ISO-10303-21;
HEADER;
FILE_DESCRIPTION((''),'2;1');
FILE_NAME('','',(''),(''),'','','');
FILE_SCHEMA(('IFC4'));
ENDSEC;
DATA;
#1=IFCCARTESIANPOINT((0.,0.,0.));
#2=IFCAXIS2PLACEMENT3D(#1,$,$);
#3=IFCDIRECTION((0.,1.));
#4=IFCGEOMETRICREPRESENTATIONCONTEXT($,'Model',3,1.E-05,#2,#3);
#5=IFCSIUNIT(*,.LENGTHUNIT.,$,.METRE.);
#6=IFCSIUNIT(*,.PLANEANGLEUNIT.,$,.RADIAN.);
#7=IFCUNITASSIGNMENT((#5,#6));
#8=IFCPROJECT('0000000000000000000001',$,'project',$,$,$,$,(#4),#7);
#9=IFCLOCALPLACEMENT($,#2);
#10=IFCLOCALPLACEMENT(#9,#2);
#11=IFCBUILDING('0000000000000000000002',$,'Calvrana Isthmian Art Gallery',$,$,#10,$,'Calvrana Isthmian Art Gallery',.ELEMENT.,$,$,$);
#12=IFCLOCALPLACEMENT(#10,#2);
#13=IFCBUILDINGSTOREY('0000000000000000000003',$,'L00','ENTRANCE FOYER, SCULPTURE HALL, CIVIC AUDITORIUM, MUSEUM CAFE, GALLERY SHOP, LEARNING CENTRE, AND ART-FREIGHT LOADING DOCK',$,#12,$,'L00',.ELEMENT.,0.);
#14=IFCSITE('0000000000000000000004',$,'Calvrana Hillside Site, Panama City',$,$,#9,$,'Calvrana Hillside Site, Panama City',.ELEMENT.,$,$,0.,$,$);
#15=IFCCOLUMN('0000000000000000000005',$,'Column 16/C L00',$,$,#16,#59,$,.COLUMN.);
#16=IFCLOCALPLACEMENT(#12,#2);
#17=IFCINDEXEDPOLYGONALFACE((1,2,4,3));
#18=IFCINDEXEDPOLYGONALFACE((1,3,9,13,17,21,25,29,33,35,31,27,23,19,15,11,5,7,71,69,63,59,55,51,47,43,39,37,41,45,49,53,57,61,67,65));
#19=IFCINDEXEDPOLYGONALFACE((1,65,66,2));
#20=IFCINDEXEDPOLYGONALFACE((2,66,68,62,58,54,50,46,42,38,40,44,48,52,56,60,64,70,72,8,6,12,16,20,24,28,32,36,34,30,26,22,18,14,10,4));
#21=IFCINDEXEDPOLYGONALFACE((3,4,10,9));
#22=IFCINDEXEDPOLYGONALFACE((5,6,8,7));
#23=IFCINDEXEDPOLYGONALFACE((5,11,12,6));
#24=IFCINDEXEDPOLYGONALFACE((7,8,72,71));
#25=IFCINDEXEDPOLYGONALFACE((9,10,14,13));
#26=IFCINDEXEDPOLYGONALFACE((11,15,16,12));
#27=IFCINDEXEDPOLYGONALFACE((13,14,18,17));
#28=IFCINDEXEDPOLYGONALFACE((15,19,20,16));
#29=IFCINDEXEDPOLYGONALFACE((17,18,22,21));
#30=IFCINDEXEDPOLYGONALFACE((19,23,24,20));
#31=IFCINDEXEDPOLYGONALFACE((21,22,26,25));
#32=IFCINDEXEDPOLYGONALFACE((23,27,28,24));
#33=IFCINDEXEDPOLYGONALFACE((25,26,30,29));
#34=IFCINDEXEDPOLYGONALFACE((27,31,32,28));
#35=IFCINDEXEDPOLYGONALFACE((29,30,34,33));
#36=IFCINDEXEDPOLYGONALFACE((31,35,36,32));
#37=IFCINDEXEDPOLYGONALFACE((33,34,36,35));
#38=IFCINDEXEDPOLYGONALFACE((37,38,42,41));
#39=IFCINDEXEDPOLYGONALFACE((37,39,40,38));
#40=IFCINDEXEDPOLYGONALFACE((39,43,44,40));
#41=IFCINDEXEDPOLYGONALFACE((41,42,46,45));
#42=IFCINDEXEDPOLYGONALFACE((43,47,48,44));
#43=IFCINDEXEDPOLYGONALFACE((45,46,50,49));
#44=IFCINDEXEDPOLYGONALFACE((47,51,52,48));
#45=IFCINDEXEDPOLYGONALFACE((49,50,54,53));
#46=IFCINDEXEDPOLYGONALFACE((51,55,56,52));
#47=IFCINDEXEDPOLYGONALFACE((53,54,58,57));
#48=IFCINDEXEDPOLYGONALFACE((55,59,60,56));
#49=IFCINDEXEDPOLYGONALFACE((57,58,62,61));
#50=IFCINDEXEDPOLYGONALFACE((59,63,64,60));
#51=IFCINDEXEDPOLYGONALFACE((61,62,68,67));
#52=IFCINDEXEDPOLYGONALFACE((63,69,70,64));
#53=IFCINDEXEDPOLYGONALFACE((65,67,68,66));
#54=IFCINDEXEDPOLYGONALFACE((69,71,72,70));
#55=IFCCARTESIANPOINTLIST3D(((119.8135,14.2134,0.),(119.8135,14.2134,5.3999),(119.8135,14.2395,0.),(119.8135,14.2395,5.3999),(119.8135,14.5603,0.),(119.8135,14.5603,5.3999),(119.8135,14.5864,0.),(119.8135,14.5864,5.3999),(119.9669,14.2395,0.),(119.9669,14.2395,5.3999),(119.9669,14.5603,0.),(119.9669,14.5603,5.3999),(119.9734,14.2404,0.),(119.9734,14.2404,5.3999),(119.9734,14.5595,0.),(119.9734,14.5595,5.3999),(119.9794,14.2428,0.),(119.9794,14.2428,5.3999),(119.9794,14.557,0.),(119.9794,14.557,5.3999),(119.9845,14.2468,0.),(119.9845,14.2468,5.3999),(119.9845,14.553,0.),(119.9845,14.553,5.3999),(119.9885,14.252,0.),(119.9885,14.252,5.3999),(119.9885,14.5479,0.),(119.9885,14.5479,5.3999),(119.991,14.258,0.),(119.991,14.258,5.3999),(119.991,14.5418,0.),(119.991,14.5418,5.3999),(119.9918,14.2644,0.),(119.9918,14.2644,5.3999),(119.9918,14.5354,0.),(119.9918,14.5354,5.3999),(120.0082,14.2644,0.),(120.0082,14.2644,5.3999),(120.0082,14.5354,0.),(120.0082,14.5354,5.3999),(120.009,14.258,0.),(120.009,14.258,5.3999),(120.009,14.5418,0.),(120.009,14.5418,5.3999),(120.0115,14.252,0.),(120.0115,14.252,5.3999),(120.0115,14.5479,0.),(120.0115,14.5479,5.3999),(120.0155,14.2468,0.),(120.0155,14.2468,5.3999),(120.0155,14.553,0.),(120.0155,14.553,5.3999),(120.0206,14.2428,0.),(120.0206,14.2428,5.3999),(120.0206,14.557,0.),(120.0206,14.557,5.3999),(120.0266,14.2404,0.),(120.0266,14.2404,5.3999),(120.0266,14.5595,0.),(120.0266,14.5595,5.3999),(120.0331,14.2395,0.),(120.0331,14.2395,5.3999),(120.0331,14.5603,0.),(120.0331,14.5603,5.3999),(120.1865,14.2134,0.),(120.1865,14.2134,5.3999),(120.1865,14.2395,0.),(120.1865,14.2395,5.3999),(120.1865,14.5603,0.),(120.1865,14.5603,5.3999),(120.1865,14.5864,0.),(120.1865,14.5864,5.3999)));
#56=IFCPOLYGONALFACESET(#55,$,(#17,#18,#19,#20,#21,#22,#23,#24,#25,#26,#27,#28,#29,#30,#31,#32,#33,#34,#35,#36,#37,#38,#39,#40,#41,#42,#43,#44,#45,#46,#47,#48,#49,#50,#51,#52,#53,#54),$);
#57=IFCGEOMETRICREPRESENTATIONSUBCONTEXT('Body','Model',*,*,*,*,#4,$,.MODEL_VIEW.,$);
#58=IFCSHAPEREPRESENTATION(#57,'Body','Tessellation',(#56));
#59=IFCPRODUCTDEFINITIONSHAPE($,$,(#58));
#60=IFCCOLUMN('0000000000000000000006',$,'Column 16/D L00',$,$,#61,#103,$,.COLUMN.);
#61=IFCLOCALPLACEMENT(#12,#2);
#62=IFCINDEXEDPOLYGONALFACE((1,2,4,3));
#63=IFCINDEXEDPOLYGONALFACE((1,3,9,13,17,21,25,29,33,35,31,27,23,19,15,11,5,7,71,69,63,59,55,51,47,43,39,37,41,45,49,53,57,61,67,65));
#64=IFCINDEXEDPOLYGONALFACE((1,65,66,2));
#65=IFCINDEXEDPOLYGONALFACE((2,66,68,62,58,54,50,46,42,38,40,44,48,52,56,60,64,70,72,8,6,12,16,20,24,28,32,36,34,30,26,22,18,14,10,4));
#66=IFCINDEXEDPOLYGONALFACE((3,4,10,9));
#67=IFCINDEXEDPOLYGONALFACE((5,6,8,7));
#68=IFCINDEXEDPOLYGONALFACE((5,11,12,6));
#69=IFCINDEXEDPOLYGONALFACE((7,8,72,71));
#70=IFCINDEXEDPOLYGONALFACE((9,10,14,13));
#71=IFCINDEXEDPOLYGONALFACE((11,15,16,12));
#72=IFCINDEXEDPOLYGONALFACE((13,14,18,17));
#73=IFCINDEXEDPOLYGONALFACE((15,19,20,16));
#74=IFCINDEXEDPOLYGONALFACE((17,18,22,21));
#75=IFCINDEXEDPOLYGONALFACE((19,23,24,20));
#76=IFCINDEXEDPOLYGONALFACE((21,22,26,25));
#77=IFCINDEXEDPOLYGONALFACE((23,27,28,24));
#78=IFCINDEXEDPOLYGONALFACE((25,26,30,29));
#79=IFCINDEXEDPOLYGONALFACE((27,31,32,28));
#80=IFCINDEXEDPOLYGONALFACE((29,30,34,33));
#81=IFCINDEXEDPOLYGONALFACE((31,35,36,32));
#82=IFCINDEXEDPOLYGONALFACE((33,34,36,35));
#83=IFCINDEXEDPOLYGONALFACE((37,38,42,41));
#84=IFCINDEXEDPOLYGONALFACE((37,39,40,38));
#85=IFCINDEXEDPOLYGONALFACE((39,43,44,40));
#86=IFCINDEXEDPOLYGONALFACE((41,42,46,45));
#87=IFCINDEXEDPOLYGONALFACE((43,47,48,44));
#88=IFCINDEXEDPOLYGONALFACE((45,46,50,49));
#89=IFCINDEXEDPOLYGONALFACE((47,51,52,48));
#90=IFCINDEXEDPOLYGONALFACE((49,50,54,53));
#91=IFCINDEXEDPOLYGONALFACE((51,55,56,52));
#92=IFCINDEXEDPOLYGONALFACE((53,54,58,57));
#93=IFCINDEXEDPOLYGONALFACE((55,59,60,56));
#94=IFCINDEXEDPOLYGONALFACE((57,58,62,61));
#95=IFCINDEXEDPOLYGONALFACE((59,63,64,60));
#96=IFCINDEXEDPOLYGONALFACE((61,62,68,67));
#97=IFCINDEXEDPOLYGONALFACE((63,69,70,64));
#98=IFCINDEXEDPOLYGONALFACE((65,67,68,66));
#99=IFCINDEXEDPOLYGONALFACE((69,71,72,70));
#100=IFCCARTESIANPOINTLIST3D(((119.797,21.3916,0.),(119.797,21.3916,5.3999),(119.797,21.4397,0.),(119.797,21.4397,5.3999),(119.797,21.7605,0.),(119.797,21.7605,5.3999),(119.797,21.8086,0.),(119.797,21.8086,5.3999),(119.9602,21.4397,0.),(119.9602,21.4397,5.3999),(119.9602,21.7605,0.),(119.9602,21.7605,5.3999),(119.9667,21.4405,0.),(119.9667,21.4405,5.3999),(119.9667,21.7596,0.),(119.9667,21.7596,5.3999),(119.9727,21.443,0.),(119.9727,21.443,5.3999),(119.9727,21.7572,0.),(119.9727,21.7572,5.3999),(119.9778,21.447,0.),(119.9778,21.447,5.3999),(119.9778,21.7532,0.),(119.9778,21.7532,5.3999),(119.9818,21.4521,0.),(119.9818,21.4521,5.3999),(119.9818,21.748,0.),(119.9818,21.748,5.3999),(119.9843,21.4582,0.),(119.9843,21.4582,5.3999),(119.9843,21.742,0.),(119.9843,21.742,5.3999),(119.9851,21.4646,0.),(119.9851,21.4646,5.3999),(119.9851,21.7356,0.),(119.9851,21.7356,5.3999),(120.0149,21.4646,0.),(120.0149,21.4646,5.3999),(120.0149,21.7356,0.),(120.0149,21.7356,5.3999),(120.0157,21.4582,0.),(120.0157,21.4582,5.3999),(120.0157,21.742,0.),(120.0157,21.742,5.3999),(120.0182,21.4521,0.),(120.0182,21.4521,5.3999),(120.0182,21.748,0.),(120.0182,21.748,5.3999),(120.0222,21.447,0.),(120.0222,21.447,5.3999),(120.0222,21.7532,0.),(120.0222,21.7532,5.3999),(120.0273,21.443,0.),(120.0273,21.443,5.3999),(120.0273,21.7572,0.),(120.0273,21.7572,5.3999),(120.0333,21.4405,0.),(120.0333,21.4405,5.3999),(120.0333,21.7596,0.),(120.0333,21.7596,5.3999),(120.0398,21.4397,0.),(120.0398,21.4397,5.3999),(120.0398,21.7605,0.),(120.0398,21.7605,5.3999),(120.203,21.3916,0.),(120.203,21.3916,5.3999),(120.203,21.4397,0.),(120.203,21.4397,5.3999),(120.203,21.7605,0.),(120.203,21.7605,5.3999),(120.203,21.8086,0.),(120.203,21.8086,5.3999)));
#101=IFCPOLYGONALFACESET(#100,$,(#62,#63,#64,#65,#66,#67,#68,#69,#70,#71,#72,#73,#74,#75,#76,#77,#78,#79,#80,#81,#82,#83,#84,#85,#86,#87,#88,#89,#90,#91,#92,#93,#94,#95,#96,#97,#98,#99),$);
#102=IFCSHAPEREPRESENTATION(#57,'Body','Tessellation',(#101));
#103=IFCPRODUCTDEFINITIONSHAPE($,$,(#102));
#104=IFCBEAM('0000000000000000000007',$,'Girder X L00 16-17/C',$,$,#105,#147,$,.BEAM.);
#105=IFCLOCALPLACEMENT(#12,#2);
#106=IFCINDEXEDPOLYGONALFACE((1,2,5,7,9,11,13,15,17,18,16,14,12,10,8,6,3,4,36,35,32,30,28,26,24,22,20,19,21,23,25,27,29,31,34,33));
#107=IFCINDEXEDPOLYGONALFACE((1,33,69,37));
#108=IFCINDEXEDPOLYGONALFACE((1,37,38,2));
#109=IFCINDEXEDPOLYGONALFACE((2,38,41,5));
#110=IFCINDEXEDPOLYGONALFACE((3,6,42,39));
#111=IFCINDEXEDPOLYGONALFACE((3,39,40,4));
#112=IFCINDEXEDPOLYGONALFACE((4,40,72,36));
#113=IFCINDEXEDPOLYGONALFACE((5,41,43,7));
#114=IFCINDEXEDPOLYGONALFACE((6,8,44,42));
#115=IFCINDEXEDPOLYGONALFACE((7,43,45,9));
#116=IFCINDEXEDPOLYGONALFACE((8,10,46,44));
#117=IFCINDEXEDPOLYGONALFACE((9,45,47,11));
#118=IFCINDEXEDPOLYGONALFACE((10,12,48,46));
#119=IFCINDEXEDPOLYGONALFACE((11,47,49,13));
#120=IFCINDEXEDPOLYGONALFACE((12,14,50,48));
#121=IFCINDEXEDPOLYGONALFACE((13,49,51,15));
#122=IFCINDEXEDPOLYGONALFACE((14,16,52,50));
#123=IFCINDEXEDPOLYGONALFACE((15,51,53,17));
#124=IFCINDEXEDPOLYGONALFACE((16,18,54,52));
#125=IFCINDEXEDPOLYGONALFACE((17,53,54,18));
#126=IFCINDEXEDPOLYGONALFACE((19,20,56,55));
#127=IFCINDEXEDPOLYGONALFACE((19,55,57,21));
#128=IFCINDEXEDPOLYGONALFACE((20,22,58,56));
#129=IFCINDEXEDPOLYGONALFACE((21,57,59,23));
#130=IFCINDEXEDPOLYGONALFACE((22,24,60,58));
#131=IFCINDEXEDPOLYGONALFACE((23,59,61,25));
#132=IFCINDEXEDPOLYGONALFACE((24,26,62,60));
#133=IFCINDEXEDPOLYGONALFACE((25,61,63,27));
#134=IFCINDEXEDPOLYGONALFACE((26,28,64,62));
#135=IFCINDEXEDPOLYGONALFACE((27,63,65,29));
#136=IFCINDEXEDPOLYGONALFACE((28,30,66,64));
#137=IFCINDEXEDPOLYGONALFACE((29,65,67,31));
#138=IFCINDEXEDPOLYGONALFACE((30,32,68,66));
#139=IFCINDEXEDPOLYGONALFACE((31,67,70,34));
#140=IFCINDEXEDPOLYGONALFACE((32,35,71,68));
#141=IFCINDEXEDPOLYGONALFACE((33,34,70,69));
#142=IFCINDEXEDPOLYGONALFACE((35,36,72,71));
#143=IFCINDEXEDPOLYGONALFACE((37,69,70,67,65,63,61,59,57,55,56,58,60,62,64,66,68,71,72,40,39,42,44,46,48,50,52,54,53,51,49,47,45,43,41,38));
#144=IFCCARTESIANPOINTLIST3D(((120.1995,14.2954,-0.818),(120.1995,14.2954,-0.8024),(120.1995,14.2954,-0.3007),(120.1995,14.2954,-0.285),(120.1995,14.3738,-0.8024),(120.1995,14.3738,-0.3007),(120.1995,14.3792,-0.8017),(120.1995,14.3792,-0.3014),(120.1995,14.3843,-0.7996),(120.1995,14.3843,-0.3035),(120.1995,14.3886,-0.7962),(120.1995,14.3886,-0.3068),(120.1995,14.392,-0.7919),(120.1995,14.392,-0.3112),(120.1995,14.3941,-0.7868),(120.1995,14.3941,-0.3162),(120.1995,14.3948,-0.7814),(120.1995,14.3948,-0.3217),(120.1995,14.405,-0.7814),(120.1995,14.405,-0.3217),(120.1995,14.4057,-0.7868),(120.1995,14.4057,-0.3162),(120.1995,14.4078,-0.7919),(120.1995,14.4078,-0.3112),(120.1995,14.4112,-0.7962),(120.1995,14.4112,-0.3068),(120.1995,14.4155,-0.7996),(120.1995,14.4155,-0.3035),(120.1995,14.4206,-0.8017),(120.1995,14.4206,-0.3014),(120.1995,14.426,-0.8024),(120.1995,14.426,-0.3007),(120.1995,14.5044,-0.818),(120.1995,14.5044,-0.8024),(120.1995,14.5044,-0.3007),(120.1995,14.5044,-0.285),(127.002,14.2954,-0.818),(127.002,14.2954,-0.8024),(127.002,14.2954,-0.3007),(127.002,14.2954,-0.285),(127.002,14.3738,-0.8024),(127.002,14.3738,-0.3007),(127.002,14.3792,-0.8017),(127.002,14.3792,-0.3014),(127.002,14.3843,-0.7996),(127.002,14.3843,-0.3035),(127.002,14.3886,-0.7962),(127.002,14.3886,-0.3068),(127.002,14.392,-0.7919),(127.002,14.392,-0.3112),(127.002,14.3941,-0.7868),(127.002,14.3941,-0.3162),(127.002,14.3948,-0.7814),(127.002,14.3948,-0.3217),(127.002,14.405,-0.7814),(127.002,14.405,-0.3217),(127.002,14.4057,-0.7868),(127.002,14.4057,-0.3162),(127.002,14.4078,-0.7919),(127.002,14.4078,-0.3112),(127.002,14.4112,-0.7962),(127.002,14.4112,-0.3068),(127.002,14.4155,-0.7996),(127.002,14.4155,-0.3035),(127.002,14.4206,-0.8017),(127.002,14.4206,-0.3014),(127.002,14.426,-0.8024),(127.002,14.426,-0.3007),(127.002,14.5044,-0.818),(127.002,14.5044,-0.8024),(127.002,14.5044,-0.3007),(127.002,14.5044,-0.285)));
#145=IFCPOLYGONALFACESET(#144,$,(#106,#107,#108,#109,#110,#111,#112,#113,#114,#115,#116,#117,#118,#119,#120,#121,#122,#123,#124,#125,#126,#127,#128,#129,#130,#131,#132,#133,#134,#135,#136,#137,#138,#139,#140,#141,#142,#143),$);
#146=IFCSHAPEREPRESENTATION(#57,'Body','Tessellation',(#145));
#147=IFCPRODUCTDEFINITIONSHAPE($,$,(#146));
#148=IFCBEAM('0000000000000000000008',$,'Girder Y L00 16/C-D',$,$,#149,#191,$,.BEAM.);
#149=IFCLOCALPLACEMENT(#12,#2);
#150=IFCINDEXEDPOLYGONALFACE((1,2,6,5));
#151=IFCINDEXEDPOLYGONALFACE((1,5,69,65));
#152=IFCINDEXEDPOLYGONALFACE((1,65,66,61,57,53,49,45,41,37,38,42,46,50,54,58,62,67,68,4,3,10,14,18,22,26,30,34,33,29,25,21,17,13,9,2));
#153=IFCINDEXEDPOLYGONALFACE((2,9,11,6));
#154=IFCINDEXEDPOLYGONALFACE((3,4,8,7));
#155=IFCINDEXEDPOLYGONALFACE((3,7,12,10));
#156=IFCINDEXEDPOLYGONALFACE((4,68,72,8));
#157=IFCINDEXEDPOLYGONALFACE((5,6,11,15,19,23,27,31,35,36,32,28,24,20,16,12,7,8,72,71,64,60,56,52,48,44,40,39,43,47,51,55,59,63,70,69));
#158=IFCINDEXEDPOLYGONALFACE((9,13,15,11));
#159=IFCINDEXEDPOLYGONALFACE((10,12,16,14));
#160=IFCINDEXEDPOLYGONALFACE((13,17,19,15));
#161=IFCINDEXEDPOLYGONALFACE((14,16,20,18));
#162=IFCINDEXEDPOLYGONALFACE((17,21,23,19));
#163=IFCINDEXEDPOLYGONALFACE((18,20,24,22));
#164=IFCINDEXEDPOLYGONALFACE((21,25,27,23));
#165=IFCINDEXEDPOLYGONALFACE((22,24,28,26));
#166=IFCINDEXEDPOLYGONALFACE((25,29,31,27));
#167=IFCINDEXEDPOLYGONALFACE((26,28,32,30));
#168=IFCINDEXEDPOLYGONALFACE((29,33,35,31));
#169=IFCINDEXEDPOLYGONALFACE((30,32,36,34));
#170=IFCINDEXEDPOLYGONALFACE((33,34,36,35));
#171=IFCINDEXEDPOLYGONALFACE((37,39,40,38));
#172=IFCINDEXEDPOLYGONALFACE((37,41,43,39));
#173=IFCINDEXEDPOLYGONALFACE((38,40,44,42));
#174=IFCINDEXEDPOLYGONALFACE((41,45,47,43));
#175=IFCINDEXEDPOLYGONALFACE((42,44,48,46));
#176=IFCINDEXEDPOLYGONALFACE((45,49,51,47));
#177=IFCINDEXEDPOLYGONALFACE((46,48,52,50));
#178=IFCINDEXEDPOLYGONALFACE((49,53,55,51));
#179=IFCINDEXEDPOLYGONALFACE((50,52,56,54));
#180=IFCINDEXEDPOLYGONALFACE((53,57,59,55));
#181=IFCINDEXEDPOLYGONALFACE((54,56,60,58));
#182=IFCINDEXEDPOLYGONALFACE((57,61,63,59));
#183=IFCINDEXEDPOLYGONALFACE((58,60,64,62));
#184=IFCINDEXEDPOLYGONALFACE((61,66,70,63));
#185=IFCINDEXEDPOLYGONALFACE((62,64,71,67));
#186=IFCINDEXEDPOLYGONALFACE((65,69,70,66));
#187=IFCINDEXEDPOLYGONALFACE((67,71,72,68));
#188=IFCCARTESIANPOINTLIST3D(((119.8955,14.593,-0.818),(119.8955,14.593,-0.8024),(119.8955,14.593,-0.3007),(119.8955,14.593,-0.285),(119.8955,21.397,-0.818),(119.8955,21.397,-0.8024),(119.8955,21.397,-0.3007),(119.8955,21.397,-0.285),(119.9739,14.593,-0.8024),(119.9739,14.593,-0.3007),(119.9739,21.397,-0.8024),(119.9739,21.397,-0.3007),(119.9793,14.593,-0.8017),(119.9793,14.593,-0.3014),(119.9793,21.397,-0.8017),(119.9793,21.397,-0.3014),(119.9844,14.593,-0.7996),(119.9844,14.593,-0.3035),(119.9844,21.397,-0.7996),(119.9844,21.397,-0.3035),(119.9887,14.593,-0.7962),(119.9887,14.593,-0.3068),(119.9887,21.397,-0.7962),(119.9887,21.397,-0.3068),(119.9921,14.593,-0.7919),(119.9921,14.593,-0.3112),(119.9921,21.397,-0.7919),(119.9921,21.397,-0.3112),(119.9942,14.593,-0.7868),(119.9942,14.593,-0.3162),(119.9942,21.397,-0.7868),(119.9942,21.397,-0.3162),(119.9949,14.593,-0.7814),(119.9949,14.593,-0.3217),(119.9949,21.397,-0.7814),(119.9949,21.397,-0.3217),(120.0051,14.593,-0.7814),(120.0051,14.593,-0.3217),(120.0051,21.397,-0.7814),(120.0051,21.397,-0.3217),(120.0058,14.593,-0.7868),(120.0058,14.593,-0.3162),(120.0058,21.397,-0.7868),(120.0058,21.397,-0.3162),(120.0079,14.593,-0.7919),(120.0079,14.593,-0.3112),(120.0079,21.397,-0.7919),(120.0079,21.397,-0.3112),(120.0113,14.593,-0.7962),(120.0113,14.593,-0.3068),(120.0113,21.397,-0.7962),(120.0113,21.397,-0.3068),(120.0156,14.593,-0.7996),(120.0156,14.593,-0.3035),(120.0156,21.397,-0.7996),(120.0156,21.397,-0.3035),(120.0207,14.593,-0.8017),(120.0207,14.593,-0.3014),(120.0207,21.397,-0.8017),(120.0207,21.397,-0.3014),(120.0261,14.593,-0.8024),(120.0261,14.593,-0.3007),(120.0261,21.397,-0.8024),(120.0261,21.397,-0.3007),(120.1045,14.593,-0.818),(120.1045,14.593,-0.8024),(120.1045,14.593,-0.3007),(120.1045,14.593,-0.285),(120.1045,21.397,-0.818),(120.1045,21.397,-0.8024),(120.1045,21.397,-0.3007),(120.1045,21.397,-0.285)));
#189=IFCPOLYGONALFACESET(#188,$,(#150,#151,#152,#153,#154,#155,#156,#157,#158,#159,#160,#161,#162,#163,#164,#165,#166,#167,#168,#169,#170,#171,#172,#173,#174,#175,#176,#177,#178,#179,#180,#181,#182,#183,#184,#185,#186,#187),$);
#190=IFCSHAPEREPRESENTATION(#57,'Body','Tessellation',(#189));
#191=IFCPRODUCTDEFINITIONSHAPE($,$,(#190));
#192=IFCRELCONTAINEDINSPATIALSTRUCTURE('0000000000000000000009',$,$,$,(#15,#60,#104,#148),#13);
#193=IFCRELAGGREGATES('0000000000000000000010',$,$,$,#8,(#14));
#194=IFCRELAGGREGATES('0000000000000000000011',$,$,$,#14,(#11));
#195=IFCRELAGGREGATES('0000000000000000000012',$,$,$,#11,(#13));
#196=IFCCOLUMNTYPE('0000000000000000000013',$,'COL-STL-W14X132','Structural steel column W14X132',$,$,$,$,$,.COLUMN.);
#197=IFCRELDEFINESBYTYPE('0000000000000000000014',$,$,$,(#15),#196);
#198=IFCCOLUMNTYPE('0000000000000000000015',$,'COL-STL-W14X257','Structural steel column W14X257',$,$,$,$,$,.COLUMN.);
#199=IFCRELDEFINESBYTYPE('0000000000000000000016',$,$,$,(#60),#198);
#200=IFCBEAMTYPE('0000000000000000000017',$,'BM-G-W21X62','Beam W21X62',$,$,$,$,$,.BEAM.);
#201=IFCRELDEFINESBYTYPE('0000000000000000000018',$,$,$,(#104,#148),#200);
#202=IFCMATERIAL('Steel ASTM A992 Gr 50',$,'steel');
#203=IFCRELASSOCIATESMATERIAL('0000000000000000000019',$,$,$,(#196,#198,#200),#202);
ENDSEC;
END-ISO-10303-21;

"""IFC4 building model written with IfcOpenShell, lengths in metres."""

from ifc_helpers import new_model, si_unit, direction, frame, origin, origin_2d, place, context, subcontext, project, spatial, i_section, extrude, material, material_profile, profile_set, type_object, element, save


model = new_model("IFC4")

# Units and contexts
model_context = context("Model", 3, precision=1e-05, world=origin(), true_north=direction((0.0, 1.0)))
body_context = subcontext(model_context, "Body", "Model", "MODEL_VIEW")
ifc_project = project(units=[si_unit("LENGTHUNIT", "METRE"), si_unit("PLANEANGLEUNIT", "RADIAN")], contexts=[model_context])

# Site, building, storey
site_placement = place(None, origin())
site = spatial("IfcSite", under=ifc_project, at=site_placement, Name="Calvrana Hillside Site, Panama City", LongName="Calvrana Hillside Site, Panama City", CompositionType="ELEMENT", RefElevation=0.0)
building_placement = place(site_placement, origin())
building = spatial("IfcBuilding", under=site, at=building_placement, Name="Calvrana Isthmian Art Gallery", LongName="Calvrana Isthmian Art Gallery", CompositionType="ELEMENT")
storey_placement = place(building_placement, origin())
storey = spatial("IfcBuildingStorey", under=building, at=storey_placement, Name="L00", Description="ENTRANCE FOYER, SCULPTURE HALL, CIVIC AUDITORIUM, MUSEUM CAFE, GALLERY SHOP, LEARNING CENTRE, AND ART-FREIGHT LOADING DOCK", LongName="L00", CompositionType="ELEMENT", Elevation=0.0)

# Columns
ifc_material_1 = material(Name="Steel ASTM A992 Gr 50", Category="steel")
ifc_material_profile_1 = material_profile(ifc_material_1, i_section(OverallWidth=0.373, OverallDepth=0.373, WebThickness=0.0164, FlangeThickness=0.0261, FilletRadius=0.0249, at=origin_2d()), Name="W14X132")
ifc_profile_set_1 = profile_set([ifc_material_profile_1], Name="Steel ASTM A992 Gr 50")
column_type_1 = type_object("IfcColumnType", Name="COL-STL-W14X132", Description="Structural steel column W14X132", PredefinedType="COLUMN", material=ifc_profile_set_1)
column_1_placement = place(storey_placement, frame((120.0, 14.3999, 0.0), z_axis=(0.0, 0.0, 1.0), x_axis=(1.0, 0.0, 0.0)))
element("IfcColumn", 1, at=column_1_placement, inside=storey, type_object=column_type_1, Name="Column 16/C L00", PredefinedType="COLUMN", context=body_context, shape_type="SweptSolid", body=[
    extrude(i_section(OverallWidth=0.373, OverallDepth=0.373, WebThickness=0.0164, FlangeThickness=0.0261, FilletRadius=0.0249, at=origin_2d()), origin(), (0.0, 0.0, 1.0), 5.3999),
])
ifc_material_profile_2 = material_profile(ifc_material_1, i_section(OverallWidth=0.406, OverallDepth=0.417, WebThickness=0.0298, FlangeThickness=0.0481, FilletRadius=0.0249, at=origin_2d()), Name="W14X257")
ifc_profile_set_2 = profile_set([ifc_material_profile_2], Name="Steel ASTM A992 Gr 50")
column_type_2 = type_object("IfcColumnType", Name="COL-STL-W14X257", Description="Structural steel column W14X257", PredefinedType="COLUMN", material=ifc_profile_set_2)
column_2_placement = place(storey_placement, frame((120.0, 21.6001, 0.0), z_axis=(0.0, 0.0, 1.0), x_axis=(1.0, 0.0, 0.0)))
element("IfcColumn", 2, at=column_2_placement, inside=storey, type_object=column_type_2, Name="Column 16/D L00", PredefinedType="COLUMN", context=body_context, shape_type="SweptSolid", body=[
    extrude(i_section(OverallWidth=0.406, OverallDepth=0.417, WebThickness=0.0298, FlangeThickness=0.0481, FilletRadius=0.0249, at=origin_2d()), origin(), (0.0, 0.0, 1.0), 5.3999),
])

# Beams
ifc_material_profile_3 = material_profile(ifc_material_1, i_section(OverallWidth=0.209, OverallDepth=0.533, WebThickness=0.0103, FlangeThickness=0.0156, FilletRadius=0.021, at=origin_2d()), Name="W21X62")
ifc_profile_set_3 = profile_set([ifc_material_profile_3], Name="Steel ASTM A992 Gr 50")
beam_type_1 = type_object("IfcBeamType", Name="BM-G-W21X62", Description="Beam W21X62", PredefinedType="BEAM", material=ifc_profile_set_3)
beam_1_placement = place(storey_placement, frame((120.1995, 14.3999, -0.5515), z_axis=(1.0, 0.0, 0.0), x_axis=(0.0, 1.0, 0.0)))
element("IfcBeam", 3, at=beam_1_placement, inside=storey, type_object=beam_type_1, Name="Girder X L00 16-17/C", PredefinedType="BEAM", context=body_context, shape_type="SweptSolid", body=[
    extrude(i_section(OverallWidth=0.209, OverallDepth=0.533, WebThickness=0.0103, FlangeThickness=0.0156, FilletRadius=0.021, at=origin_2d()), origin(), (0.0, 0.0, 1.0), 6.8025),
])
beam_2_placement = place(storey_placement, frame((120.0, 14.593, -0.5515), z_axis=(0.0, 1.0, 0.0), x_axis=(-1.0, 0.0, 0.0)))
element("IfcBeam", 4, at=beam_2_placement, inside=storey, type_object=beam_type_1, Name="Girder Y L00 16/C-D", PredefinedType="BEAM", context=body_context, shape_type="SweptSolid", body=[
    extrude(i_section(OverallWidth=0.209, OverallDepth=0.533, WebThickness=0.0103, FlangeThickness=0.0156, FilletRadius=0.021, at=origin_2d()), origin(), (0.0, 0.0, 1.0), 6.804),
])

save(model, "model.ifc")
